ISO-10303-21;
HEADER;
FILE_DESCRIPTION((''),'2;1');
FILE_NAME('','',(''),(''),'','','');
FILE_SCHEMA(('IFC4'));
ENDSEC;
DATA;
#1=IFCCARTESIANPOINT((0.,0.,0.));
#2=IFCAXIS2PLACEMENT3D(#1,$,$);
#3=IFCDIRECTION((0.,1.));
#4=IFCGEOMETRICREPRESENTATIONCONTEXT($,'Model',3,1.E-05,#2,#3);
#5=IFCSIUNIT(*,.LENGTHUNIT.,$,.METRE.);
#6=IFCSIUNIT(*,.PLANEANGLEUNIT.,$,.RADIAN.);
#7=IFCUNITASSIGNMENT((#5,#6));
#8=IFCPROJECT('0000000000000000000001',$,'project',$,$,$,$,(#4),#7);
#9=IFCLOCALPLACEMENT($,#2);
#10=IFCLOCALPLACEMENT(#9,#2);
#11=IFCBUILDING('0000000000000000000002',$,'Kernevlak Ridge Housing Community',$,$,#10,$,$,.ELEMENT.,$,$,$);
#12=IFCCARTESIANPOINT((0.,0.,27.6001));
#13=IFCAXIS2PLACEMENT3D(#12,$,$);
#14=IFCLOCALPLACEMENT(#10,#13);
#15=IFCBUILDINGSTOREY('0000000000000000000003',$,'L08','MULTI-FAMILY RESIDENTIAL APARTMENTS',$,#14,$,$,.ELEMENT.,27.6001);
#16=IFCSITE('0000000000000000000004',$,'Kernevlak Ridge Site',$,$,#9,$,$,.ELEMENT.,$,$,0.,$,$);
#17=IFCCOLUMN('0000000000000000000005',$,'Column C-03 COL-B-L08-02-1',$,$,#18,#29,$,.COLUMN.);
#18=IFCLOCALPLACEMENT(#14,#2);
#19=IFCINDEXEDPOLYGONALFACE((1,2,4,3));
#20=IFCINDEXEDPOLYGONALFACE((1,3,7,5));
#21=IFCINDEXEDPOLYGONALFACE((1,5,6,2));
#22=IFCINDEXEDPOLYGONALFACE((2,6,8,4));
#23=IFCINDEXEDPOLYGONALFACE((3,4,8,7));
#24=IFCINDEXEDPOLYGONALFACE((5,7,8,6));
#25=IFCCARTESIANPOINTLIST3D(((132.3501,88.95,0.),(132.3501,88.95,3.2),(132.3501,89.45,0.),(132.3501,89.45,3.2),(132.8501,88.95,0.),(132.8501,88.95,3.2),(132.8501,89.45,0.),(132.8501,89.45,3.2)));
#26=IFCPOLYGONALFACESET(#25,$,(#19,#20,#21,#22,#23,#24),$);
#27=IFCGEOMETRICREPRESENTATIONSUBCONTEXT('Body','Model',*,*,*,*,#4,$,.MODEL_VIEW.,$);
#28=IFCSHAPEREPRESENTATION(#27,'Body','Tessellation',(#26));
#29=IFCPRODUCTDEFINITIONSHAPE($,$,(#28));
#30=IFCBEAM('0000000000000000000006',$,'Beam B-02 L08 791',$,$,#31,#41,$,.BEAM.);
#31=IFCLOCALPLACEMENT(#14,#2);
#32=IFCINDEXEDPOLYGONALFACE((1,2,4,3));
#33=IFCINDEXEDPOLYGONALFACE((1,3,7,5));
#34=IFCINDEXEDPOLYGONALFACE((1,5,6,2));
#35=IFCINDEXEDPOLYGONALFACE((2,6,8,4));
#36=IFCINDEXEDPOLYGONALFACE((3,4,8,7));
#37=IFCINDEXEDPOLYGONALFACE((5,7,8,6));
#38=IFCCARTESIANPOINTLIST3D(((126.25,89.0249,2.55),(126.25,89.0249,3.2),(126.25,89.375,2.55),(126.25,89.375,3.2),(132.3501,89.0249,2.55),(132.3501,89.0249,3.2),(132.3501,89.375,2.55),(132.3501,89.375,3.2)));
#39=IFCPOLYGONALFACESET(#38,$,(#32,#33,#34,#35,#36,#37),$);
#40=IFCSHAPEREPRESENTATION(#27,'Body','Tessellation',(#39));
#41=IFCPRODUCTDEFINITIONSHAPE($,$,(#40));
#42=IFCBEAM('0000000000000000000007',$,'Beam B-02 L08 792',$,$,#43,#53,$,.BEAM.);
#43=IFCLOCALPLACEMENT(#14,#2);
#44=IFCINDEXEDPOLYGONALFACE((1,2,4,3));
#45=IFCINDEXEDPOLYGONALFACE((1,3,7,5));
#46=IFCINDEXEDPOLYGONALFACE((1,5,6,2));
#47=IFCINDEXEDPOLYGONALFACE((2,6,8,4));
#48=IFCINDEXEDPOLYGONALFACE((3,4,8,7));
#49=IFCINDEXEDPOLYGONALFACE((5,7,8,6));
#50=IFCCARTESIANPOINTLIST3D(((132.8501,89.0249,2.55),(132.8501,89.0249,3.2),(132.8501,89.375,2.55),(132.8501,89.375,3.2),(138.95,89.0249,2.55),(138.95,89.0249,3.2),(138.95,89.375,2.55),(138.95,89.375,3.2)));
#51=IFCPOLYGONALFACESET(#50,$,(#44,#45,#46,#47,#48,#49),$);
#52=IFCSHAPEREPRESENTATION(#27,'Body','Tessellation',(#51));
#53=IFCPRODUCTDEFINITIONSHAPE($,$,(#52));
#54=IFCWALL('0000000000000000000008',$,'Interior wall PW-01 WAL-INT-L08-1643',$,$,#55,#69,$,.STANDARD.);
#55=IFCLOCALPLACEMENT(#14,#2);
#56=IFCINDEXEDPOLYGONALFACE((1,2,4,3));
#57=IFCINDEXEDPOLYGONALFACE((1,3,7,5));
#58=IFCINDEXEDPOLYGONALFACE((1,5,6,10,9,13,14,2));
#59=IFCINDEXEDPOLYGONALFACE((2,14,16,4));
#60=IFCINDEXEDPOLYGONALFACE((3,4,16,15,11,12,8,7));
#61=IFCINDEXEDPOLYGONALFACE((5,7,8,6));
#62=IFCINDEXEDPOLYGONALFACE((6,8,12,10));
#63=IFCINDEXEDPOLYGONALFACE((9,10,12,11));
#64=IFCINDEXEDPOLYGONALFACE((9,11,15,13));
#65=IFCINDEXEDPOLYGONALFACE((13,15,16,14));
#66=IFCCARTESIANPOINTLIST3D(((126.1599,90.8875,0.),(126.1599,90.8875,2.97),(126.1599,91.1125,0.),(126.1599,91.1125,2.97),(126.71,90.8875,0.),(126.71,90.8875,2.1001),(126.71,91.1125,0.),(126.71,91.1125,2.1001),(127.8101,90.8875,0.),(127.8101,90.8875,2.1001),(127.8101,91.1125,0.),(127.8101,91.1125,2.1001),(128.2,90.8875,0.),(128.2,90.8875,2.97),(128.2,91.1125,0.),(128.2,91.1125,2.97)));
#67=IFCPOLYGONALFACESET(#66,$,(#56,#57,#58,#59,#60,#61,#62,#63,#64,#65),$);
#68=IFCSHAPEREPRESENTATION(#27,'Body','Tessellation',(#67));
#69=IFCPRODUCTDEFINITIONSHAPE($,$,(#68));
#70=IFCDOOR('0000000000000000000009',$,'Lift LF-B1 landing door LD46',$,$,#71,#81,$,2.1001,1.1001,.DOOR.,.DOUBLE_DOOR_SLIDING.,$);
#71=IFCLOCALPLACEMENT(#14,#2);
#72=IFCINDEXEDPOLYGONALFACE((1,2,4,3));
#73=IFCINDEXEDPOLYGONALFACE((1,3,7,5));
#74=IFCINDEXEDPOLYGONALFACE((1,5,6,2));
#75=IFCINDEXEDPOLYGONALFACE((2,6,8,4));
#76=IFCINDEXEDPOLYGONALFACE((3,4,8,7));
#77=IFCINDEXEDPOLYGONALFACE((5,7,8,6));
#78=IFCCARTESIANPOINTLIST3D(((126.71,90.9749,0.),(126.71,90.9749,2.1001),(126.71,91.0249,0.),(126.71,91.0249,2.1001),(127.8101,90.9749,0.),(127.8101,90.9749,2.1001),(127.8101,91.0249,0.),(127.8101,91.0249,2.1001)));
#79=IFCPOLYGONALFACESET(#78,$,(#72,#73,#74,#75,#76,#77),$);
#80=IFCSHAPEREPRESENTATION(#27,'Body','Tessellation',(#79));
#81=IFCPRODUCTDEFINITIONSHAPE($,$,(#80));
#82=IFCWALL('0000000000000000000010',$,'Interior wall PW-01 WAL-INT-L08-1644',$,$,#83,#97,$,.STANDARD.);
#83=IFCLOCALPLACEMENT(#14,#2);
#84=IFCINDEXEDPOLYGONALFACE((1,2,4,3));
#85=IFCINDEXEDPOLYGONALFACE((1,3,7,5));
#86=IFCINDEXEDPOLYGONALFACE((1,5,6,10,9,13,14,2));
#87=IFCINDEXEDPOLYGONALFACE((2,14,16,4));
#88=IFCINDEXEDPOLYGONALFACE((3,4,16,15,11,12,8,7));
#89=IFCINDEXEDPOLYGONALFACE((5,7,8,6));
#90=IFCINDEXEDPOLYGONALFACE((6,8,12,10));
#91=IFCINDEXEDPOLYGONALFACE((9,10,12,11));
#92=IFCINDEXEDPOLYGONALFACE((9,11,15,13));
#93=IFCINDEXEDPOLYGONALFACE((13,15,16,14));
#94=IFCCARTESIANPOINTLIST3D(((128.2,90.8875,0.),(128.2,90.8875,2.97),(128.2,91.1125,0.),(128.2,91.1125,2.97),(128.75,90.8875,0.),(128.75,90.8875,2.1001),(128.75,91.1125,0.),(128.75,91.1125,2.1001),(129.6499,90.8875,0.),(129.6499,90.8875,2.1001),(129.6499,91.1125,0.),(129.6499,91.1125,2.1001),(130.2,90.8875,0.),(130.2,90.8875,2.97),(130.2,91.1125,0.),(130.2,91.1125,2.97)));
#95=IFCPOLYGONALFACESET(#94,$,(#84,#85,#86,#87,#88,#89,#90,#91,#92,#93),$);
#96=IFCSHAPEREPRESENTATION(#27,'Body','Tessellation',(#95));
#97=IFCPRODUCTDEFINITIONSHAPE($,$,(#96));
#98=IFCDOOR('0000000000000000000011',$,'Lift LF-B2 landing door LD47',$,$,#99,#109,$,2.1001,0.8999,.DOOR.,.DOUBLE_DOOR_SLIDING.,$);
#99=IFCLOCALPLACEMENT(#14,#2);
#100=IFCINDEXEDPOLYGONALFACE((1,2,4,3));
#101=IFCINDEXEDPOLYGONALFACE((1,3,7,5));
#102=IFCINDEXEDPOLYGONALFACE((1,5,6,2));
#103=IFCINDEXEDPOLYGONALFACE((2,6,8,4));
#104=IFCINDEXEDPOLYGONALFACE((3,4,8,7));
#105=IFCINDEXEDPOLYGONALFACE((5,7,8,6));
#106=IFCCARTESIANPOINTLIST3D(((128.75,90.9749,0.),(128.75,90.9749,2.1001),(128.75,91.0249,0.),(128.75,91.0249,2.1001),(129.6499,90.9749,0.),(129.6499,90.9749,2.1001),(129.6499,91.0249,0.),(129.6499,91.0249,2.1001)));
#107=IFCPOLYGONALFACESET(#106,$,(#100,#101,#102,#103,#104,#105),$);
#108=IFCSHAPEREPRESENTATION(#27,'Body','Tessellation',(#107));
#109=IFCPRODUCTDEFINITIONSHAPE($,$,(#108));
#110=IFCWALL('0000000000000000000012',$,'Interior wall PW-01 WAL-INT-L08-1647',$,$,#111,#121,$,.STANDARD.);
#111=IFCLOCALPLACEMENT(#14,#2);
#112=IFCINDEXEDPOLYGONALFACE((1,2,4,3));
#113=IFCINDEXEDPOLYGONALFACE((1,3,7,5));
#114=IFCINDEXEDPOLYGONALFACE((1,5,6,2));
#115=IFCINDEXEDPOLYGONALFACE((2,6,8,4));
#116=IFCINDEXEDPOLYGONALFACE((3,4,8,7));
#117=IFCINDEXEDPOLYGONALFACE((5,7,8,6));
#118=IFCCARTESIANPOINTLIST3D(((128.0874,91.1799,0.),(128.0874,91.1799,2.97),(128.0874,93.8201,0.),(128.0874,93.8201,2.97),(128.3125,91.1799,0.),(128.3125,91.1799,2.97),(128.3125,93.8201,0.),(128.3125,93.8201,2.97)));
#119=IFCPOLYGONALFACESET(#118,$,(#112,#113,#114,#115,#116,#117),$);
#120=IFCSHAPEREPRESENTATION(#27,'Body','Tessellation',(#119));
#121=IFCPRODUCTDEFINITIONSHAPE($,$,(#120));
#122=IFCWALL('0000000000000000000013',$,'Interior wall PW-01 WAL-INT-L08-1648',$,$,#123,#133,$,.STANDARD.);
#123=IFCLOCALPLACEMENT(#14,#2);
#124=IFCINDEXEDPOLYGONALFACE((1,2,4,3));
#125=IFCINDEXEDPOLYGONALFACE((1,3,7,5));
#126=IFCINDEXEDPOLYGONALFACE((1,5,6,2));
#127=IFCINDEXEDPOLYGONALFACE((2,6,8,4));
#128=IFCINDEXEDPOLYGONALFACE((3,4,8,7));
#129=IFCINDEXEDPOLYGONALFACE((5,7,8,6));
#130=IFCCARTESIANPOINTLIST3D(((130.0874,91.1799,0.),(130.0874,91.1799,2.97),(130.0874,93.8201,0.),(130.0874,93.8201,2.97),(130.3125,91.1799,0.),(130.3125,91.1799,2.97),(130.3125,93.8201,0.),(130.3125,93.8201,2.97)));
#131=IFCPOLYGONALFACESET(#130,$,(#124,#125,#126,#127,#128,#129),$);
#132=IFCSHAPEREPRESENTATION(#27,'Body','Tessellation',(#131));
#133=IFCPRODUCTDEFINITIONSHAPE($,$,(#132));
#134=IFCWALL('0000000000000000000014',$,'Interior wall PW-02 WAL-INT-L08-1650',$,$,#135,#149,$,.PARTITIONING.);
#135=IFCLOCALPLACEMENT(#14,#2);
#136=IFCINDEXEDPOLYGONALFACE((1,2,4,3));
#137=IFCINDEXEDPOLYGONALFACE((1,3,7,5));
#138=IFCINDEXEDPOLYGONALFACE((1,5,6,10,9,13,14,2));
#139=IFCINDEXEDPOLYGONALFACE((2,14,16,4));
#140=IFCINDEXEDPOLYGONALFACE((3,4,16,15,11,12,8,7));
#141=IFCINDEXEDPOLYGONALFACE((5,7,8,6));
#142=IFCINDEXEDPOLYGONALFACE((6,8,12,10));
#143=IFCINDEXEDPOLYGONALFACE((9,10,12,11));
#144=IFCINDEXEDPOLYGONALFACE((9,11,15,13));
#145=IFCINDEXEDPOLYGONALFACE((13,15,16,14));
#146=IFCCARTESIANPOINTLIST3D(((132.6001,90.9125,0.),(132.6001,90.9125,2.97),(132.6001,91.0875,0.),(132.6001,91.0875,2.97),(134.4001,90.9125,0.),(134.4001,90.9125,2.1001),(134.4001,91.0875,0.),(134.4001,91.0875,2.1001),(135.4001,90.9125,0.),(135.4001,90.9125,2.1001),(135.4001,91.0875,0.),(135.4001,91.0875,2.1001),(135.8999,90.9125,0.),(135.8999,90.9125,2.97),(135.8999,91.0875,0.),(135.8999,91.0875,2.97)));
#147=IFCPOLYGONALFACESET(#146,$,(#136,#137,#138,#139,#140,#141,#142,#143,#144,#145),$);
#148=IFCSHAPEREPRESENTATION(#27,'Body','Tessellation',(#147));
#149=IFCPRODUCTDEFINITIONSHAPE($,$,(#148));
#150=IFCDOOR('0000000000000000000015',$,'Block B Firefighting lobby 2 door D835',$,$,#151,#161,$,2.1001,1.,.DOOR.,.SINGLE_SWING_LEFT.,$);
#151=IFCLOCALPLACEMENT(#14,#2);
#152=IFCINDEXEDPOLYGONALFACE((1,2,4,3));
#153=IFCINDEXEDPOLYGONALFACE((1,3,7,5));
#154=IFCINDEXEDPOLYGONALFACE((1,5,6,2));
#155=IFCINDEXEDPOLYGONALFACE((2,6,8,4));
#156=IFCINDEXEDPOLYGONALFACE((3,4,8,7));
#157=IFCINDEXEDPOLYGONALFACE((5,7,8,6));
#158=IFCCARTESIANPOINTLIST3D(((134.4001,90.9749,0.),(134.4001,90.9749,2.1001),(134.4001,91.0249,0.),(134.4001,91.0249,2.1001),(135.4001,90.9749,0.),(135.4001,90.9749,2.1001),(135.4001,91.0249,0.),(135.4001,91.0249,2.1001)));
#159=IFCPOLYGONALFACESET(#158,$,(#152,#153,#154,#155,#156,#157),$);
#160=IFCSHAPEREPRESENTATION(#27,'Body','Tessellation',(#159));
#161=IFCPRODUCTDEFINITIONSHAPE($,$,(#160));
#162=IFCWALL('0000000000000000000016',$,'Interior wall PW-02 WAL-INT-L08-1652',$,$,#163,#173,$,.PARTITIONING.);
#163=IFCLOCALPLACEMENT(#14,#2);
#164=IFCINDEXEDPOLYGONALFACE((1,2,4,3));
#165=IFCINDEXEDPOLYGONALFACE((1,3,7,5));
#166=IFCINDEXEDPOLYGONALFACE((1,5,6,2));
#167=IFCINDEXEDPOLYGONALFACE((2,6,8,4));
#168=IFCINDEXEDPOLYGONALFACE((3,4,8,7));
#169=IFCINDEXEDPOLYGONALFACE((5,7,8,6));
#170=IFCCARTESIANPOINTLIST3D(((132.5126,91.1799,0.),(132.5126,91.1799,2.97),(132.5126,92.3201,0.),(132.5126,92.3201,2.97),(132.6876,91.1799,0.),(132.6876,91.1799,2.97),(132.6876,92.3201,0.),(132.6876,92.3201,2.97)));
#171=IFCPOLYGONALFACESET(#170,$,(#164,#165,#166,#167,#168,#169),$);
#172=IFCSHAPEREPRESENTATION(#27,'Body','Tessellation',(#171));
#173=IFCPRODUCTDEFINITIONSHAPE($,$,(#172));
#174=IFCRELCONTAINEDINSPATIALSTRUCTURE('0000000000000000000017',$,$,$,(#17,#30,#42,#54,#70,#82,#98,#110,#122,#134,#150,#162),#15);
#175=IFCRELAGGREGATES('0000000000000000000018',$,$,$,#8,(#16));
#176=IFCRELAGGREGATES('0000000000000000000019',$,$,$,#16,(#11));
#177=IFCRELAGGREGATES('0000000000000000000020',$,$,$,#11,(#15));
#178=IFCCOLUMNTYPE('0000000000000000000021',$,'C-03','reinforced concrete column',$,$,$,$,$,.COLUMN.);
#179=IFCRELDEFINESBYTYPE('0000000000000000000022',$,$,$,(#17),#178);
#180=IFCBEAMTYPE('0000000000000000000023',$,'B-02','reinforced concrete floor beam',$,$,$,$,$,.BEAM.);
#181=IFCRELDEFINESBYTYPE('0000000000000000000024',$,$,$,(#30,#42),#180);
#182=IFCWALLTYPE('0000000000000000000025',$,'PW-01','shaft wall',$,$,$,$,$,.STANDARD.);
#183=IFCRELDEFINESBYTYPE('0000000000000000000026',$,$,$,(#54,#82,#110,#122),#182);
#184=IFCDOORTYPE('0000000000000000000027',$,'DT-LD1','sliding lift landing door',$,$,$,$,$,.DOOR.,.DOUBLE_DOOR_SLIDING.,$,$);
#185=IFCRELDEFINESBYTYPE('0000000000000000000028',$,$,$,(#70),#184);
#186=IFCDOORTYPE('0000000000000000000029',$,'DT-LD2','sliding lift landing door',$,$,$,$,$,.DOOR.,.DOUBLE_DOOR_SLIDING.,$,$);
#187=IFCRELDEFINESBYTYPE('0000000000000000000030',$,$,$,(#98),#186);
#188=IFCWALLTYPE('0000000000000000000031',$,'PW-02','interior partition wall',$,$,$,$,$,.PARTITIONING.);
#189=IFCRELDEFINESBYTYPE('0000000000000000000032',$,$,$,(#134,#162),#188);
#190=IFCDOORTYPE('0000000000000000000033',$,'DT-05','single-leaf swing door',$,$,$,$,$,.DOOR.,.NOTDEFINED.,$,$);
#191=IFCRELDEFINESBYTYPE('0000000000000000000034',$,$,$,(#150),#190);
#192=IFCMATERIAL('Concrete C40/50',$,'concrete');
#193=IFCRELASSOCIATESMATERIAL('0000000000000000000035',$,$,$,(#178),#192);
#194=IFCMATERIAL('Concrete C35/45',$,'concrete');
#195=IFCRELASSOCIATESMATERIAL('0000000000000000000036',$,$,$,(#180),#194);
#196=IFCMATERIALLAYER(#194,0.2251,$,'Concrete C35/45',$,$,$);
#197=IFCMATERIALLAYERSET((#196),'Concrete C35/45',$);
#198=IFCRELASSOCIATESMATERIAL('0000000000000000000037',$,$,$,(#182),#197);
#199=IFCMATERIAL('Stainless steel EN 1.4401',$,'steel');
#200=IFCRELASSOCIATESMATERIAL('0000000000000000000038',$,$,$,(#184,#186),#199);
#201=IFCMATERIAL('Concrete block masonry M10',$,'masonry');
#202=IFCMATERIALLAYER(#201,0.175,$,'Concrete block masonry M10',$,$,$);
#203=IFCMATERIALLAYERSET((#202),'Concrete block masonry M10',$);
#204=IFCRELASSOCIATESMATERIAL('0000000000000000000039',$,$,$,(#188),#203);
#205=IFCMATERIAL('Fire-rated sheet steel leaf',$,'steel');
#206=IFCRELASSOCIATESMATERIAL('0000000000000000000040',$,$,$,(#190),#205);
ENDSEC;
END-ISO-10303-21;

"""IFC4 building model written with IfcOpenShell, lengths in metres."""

from ifc_helpers import new_model, si_unit, direction, frame, frame_2d, origin, origin_2d, place, context, subcontext, project, spatial, rectangle, extrude, material, layer, layer_set, material_profile, profile_set, type_object, element, fill, save


model = new_model("IFC4")

# Units and contexts
model_context = context("Model", 3, precision=1e-05, world=origin(), true_north=direction((0.0, 1.0)))
body_context = subcontext(model_context, "Body", "Model", "MODEL_VIEW")
ifc_project = project(units=[si_unit("LENGTHUNIT", "METRE"), si_unit("PLANEANGLEUNIT", "RADIAN")], contexts=[model_context])

# Site, building, storey
site_placement = place(None, origin())
site = spatial("IfcSite", under=ifc_project, at=site_placement, Name="Kernevlak Ridge Site", CompositionType="ELEMENT", RefElevation=0.0)
building_placement = place(site_placement, origin())
building = spatial("IfcBuilding", under=site, at=building_placement, Name="Kernevlak Ridge Housing Community", CompositionType="ELEMENT")
storey_placement = place(building_placement, frame((0.0, 0.0, 27.6001)))
storey = spatial("IfcBuildingStorey", under=building, at=storey_placement, Name="L08", Description="MULTI-FAMILY RESIDENTIAL APARTMENTS", CompositionType="ELEMENT", Elevation=27.6001)

# Column
ifc_material_1 = material(Name="Concrete C40/50", Category="concrete")
ifc_material_profile_1 = material_profile(ifc_material_1, rectangle(XDim=0.5, YDim=0.5, at=origin_2d()), Name="RC 500x500")
ifc_profile_set_1 = profile_set([ifc_material_profile_1], Name="Concrete C40/50")
column_type = type_object("IfcColumnType", Name="C-03", Description="reinforced concrete column", PredefinedType="COLUMN", material=ifc_profile_set_1)
column_placement = place(storey_placement, frame((132.6001, 89.2, 0.0), z_axis=(0.0, 0.0, 1.0), x_axis=(1.0, 0.0, 0.0)))
element("IfcColumn", 1, at=column_placement, inside=storey, type_object=column_type, Name="Column C-03 COL-B-L08-02-1", PredefinedType="COLUMN", context=body_context, shape_type="SweptSolid", body=[
    extrude(rectangle(XDim=0.5, YDim=0.5, at=origin_2d()), origin(), (0.0, 0.0, 1.0), 3.2),
])

# Beams
ifc_material_2 = material(Name="Concrete C35/45", Category="concrete")
ifc_material_profile_2 = material_profile(ifc_material_2, rectangle(XDim=0.3501, YDim=0.6499, at=origin_2d()), Name="RC 350x650")
ifc_profile_set_2 = profile_set([ifc_material_profile_2], Name="Concrete C35/45")
beam_type = type_object("IfcBeamType", Name="B-02", Description="reinforced concrete floor beam", PredefinedType="BEAM", material=ifc_profile_set_2)
beam_1_placement = place(storey_placement, frame((126.25, 89.2, 2.875), z_axis=(1.0, 0.0, 0.0), x_axis=(0.0, 1.0, 0.0)))
element("IfcBeam", 2, at=beam_1_placement, inside=storey, type_object=beam_type, Name="Beam B-02 L08 791", PredefinedType="BEAM", context=body_context, shape_type="SweptSolid", body=[
    extrude(rectangle(XDim=0.3501, YDim=0.6499, at=origin_2d()), origin(), (0.0, 0.0, 1.0), 6.1001),
])
beam_2_placement = place(storey_placement, frame((132.8501, 89.2, 2.875), z_axis=(1.0, 0.0, 0.0), x_axis=(0.0, 1.0, 0.0)))
element("IfcBeam", 3, at=beam_2_placement, inside=storey, type_object=beam_type, Name="Beam B-02 L08 792", PredefinedType="BEAM", context=body_context, shape_type="SweptSolid", body=[
    extrude(rectangle(XDim=0.3501, YDim=0.6499, at=origin_2d()), origin(), (0.0, 0.0, 1.0), 6.0999),
])

# Walls, openings, doors
ifc_layer_1 = layer(ifc_material_2, 0.2251, Name="Concrete C35/45")
ifc_layer_set_1 = layer_set([ifc_layer_1], Name="Concrete C35/45")
wall_type_1 = type_object("IfcWallType", Name="PW-01", Description="shaft wall", PredefinedType="STANDARD", material=ifc_layer_set_1)
wall_1_placement = place(storey_placement, frame((126.1599, 91.0, 0.0), z_axis=(0.0, 0.0, 1.0), x_axis=(1.0, 0.0, 0.0)))
wall_1 = element("IfcWall", 4, at=wall_1_placement, inside=storey, type_object=wall_type_1, Name="Interior wall PW-01 WAL-INT-L08-1643", PredefinedType="STANDARD", context=body_context, shape_type="SweptSolid", body=[
    extrude(rectangle(XDim=2.04, YDim=0.2251, at=frame_2d((1.02, 0.0))), origin(), (0.0, 0.0, 1.0), 2.97),
])
opening_1_placement = place(wall_1_placement, frame((0.55, 0.0, 0.0)))
opening_1 = element("IfcOpeningElement", 5, at=opening_1_placement, cuts=wall_1, PredefinedType="OPENING", context=body_context, shape_type="SweptSolid", body=[
    extrude(rectangle(XDim=1.1001, YDim=2.1001, at=frame_2d((0.55, 1.05))), frame((0.0, 0.1226, 0.0), z_axis=(0.0, -1.0, 0.0), x_axis=(1.0, 0.0, 0.0)), (0.0, 0.0, 1.0), 0.2451),
])
ifc_material_3 = material(Name="Stainless steel EN 1.4401", Category="steel")
door_type_1 = type_object("IfcDoorType", Name="DT-LD1", Description="sliding lift landing door", OperationType="DOUBLE_DOOR_SLIDING", PredefinedType="DOOR", material=ifc_material_3)
door_1_placement = place(opening_1_placement, origin())
door_1 = element("IfcDoor", 6, at=door_1_placement, inside=storey, type_object=door_type_1, Name="Lift LF-B1 landing door LD46", OperationType="DOUBLE_DOOR_SLIDING", OverallHeight=2.1001, OverallWidth=1.1001, PredefinedType="DOOR", context=body_context, shape_type="SweptSolid", body=[
    extrude(rectangle(XDim=1.1001, YDim=2.1001, at=frame_2d((0.55, 1.05))), frame((0.0, 0.0249, 0.0), z_axis=(0.0, -1.0, 0.0), x_axis=(1.0, 0.0, 0.0)), (0.0, 0.0, 1.0), 0.05),
])
fill(opening_1, door_1)
wall_2_placement = place(storey_placement, frame((128.2, 91.0, 0.0), z_axis=(0.0, 0.0, 1.0), x_axis=(1.0, 0.0, 0.0)))
wall_2 = element("IfcWall", 7, at=wall_2_placement, inside=storey, type_object=wall_type_1, Name="Interior wall PW-01 WAL-INT-L08-1644", PredefinedType="STANDARD", context=body_context, shape_type="SweptSolid", body=[
    extrude(rectangle(XDim=2.0, YDim=0.2251, at=frame_2d((1.0, 0.0))), origin(), (0.0, 0.0, 1.0), 2.97),
])
opening_2_placement = place(wall_2_placement, frame((0.55, 0.0, 0.0)))
opening_2 = element("IfcOpeningElement", 8, at=opening_2_placement, cuts=wall_2, PredefinedType="OPENING", context=body_context, shape_type="SweptSolid", body=[
    extrude(rectangle(XDim=0.8999, YDim=2.1001, at=frame_2d((0.45, 1.05))), frame((0.0, 0.1226, 0.0), z_axis=(0.0, -1.0, 0.0), x_axis=(1.0, 0.0, 0.0)), (0.0, 0.0, 1.0), 0.2451),
])
door_type_2 = type_object("IfcDoorType", Name="DT-LD2", Description="sliding lift landing door", OperationType="DOUBLE_DOOR_SLIDING", PredefinedType="DOOR", material=ifc_material_3)
door_2_placement = place(opening_2_placement, origin())
door_2 = element("IfcDoor", 9, at=door_2_placement, inside=storey, type_object=door_type_2, Name="Lift LF-B2 landing door LD47", OperationType="DOUBLE_DOOR_SLIDING", OverallHeight=2.1001, OverallWidth=0.8999, PredefinedType="DOOR", context=body_context, shape_type="SweptSolid", body=[
    extrude(rectangle(XDim=0.8999, YDim=2.1001, at=frame_2d((0.45, 1.05))), frame((0.0, 0.0249, 0.0), z_axis=(0.0, -1.0, 0.0), x_axis=(1.0, 0.0, 0.0)), (0.0, 0.0, 1.0), 0.05),
])
fill(opening_2, door_2)

# Walls
for number, where, z_axis, x_axis, name in (
    (10, (128.2, 91.1799, 0.0), (0.0, 0.0, 1.0), (0.0, 1.0, 0.0), "Interior wall PW-01 WAL-INT-L08-1647"),
    (11, (130.2, 91.1799, 0.0), (0.0, 0.0, 1.0), (0.0, 1.0, 0.0), "Interior wall PW-01 WAL-INT-L08-1648"),
):
    element("IfcWall", number, at=place(storey_placement, frame(where, z_axis=z_axis, x_axis=x_axis)), inside=storey, type_object=wall_type_1, Name=name, PredefinedType="STANDARD", context=body_context, shape_type="SweptSolid", body=[
        extrude(rectangle(XDim=2.6401, YDim=0.2251, at=frame_2d((1.3201, 0.0))), origin(), (0.0, 0.0, 1.0), 2.97),
    ])

# Wall, opening, door
ifc_material_4 = material(Name="Concrete block masonry M10", Category="masonry")
ifc_layer_2 = layer(ifc_material_4, 0.175, Name="Concrete block masonry M10")
ifc_layer_set_2 = layer_set([ifc_layer_2], Name="Concrete block masonry M10")
wall_type_2 = type_object("IfcWallType", Name="PW-02", Description="interior partition wall", PredefinedType="PARTITIONING", material=ifc_layer_set_2)
wall_3_placement = place(storey_placement, frame((132.6001, 91.0, 0.0), z_axis=(0.0, 0.0, 1.0), x_axis=(1.0, 0.0, 0.0)))
wall_3 = element("IfcWall", 12, at=wall_3_placement, inside=storey, type_object=wall_type_2, Name="Interior wall PW-02 WAL-INT-L08-1650", PredefinedType="PARTITIONING", context=body_context, shape_type="SweptSolid", body=[
    extrude(rectangle(XDim=3.2998, YDim=0.175, at=frame_2d((1.6499, 0.0))), origin(), (0.0, 0.0, 1.0), 2.97),
])
opening_3_placement = place(wall_3_placement, frame((1.8, 0.0, 0.0)))
opening_3 = element("IfcOpeningElement", 13, at=opening_3_placement, cuts=wall_3, PredefinedType="OPENING", context=body_context, shape_type="SweptSolid", body=[
    extrude(rectangle(XDim=1.0, YDim=2.1001, at=frame_2d((0.5, 1.05))), frame((0.0, 0.0974, 0.0), z_axis=(0.0, -1.0, 0.0), x_axis=(1.0, 0.0, 0.0)), (0.0, 0.0, 1.0), 0.1951),
])
ifc_material_5 = material(Name="Fire-rated sheet steel leaf", Category="steel")
door_type_3 = type_object("IfcDoorType", Name="DT-05", Description="single-leaf swing door", OperationType="NOTDEFINED", PredefinedType="DOOR", material=ifc_material_5)
door_3_placement = place(opening_3_placement, origin())
door_3 = element("IfcDoor", 14, at=door_3_placement, inside=storey, type_object=door_type_3, Name="Block B Firefighting lobby 2 door D835", OperationType="SINGLE_SWING_LEFT", OverallHeight=2.1001, OverallWidth=1.0, PredefinedType="DOOR", context=body_context, shape_type="SweptSolid", body=[
    extrude(rectangle(XDim=1.0, YDim=2.1001, at=frame_2d((0.5, 1.05))), frame((0.0, 0.0249, 0.0), z_axis=(0.0, -1.0, 0.0), x_axis=(1.0, 0.0, 0.0)), (0.0, 0.0, 1.0), 0.05),
])
fill(opening_3, door_3)

# Wall
wall_4_placement = place(storey_placement, frame((132.6001, 91.1799, 0.0), z_axis=(0.0, 0.0, 1.0), x_axis=(0.0, 1.0, 0.0)))
element("IfcWall", 15, at=wall_4_placement, inside=storey, type_object=wall_type_2, Name="Interior wall PW-02 WAL-INT-L08-1652", PredefinedType="PARTITIONING", context=body_context, shape_type="SweptSolid", body=[
    extrude(rectangle(XDim=1.1401, YDim=0.175, at=frame_2d((0.5701, 0.0))), origin(), (0.0, 0.0, 1.0), 2.97),
])

save(model, "model.ifc")
